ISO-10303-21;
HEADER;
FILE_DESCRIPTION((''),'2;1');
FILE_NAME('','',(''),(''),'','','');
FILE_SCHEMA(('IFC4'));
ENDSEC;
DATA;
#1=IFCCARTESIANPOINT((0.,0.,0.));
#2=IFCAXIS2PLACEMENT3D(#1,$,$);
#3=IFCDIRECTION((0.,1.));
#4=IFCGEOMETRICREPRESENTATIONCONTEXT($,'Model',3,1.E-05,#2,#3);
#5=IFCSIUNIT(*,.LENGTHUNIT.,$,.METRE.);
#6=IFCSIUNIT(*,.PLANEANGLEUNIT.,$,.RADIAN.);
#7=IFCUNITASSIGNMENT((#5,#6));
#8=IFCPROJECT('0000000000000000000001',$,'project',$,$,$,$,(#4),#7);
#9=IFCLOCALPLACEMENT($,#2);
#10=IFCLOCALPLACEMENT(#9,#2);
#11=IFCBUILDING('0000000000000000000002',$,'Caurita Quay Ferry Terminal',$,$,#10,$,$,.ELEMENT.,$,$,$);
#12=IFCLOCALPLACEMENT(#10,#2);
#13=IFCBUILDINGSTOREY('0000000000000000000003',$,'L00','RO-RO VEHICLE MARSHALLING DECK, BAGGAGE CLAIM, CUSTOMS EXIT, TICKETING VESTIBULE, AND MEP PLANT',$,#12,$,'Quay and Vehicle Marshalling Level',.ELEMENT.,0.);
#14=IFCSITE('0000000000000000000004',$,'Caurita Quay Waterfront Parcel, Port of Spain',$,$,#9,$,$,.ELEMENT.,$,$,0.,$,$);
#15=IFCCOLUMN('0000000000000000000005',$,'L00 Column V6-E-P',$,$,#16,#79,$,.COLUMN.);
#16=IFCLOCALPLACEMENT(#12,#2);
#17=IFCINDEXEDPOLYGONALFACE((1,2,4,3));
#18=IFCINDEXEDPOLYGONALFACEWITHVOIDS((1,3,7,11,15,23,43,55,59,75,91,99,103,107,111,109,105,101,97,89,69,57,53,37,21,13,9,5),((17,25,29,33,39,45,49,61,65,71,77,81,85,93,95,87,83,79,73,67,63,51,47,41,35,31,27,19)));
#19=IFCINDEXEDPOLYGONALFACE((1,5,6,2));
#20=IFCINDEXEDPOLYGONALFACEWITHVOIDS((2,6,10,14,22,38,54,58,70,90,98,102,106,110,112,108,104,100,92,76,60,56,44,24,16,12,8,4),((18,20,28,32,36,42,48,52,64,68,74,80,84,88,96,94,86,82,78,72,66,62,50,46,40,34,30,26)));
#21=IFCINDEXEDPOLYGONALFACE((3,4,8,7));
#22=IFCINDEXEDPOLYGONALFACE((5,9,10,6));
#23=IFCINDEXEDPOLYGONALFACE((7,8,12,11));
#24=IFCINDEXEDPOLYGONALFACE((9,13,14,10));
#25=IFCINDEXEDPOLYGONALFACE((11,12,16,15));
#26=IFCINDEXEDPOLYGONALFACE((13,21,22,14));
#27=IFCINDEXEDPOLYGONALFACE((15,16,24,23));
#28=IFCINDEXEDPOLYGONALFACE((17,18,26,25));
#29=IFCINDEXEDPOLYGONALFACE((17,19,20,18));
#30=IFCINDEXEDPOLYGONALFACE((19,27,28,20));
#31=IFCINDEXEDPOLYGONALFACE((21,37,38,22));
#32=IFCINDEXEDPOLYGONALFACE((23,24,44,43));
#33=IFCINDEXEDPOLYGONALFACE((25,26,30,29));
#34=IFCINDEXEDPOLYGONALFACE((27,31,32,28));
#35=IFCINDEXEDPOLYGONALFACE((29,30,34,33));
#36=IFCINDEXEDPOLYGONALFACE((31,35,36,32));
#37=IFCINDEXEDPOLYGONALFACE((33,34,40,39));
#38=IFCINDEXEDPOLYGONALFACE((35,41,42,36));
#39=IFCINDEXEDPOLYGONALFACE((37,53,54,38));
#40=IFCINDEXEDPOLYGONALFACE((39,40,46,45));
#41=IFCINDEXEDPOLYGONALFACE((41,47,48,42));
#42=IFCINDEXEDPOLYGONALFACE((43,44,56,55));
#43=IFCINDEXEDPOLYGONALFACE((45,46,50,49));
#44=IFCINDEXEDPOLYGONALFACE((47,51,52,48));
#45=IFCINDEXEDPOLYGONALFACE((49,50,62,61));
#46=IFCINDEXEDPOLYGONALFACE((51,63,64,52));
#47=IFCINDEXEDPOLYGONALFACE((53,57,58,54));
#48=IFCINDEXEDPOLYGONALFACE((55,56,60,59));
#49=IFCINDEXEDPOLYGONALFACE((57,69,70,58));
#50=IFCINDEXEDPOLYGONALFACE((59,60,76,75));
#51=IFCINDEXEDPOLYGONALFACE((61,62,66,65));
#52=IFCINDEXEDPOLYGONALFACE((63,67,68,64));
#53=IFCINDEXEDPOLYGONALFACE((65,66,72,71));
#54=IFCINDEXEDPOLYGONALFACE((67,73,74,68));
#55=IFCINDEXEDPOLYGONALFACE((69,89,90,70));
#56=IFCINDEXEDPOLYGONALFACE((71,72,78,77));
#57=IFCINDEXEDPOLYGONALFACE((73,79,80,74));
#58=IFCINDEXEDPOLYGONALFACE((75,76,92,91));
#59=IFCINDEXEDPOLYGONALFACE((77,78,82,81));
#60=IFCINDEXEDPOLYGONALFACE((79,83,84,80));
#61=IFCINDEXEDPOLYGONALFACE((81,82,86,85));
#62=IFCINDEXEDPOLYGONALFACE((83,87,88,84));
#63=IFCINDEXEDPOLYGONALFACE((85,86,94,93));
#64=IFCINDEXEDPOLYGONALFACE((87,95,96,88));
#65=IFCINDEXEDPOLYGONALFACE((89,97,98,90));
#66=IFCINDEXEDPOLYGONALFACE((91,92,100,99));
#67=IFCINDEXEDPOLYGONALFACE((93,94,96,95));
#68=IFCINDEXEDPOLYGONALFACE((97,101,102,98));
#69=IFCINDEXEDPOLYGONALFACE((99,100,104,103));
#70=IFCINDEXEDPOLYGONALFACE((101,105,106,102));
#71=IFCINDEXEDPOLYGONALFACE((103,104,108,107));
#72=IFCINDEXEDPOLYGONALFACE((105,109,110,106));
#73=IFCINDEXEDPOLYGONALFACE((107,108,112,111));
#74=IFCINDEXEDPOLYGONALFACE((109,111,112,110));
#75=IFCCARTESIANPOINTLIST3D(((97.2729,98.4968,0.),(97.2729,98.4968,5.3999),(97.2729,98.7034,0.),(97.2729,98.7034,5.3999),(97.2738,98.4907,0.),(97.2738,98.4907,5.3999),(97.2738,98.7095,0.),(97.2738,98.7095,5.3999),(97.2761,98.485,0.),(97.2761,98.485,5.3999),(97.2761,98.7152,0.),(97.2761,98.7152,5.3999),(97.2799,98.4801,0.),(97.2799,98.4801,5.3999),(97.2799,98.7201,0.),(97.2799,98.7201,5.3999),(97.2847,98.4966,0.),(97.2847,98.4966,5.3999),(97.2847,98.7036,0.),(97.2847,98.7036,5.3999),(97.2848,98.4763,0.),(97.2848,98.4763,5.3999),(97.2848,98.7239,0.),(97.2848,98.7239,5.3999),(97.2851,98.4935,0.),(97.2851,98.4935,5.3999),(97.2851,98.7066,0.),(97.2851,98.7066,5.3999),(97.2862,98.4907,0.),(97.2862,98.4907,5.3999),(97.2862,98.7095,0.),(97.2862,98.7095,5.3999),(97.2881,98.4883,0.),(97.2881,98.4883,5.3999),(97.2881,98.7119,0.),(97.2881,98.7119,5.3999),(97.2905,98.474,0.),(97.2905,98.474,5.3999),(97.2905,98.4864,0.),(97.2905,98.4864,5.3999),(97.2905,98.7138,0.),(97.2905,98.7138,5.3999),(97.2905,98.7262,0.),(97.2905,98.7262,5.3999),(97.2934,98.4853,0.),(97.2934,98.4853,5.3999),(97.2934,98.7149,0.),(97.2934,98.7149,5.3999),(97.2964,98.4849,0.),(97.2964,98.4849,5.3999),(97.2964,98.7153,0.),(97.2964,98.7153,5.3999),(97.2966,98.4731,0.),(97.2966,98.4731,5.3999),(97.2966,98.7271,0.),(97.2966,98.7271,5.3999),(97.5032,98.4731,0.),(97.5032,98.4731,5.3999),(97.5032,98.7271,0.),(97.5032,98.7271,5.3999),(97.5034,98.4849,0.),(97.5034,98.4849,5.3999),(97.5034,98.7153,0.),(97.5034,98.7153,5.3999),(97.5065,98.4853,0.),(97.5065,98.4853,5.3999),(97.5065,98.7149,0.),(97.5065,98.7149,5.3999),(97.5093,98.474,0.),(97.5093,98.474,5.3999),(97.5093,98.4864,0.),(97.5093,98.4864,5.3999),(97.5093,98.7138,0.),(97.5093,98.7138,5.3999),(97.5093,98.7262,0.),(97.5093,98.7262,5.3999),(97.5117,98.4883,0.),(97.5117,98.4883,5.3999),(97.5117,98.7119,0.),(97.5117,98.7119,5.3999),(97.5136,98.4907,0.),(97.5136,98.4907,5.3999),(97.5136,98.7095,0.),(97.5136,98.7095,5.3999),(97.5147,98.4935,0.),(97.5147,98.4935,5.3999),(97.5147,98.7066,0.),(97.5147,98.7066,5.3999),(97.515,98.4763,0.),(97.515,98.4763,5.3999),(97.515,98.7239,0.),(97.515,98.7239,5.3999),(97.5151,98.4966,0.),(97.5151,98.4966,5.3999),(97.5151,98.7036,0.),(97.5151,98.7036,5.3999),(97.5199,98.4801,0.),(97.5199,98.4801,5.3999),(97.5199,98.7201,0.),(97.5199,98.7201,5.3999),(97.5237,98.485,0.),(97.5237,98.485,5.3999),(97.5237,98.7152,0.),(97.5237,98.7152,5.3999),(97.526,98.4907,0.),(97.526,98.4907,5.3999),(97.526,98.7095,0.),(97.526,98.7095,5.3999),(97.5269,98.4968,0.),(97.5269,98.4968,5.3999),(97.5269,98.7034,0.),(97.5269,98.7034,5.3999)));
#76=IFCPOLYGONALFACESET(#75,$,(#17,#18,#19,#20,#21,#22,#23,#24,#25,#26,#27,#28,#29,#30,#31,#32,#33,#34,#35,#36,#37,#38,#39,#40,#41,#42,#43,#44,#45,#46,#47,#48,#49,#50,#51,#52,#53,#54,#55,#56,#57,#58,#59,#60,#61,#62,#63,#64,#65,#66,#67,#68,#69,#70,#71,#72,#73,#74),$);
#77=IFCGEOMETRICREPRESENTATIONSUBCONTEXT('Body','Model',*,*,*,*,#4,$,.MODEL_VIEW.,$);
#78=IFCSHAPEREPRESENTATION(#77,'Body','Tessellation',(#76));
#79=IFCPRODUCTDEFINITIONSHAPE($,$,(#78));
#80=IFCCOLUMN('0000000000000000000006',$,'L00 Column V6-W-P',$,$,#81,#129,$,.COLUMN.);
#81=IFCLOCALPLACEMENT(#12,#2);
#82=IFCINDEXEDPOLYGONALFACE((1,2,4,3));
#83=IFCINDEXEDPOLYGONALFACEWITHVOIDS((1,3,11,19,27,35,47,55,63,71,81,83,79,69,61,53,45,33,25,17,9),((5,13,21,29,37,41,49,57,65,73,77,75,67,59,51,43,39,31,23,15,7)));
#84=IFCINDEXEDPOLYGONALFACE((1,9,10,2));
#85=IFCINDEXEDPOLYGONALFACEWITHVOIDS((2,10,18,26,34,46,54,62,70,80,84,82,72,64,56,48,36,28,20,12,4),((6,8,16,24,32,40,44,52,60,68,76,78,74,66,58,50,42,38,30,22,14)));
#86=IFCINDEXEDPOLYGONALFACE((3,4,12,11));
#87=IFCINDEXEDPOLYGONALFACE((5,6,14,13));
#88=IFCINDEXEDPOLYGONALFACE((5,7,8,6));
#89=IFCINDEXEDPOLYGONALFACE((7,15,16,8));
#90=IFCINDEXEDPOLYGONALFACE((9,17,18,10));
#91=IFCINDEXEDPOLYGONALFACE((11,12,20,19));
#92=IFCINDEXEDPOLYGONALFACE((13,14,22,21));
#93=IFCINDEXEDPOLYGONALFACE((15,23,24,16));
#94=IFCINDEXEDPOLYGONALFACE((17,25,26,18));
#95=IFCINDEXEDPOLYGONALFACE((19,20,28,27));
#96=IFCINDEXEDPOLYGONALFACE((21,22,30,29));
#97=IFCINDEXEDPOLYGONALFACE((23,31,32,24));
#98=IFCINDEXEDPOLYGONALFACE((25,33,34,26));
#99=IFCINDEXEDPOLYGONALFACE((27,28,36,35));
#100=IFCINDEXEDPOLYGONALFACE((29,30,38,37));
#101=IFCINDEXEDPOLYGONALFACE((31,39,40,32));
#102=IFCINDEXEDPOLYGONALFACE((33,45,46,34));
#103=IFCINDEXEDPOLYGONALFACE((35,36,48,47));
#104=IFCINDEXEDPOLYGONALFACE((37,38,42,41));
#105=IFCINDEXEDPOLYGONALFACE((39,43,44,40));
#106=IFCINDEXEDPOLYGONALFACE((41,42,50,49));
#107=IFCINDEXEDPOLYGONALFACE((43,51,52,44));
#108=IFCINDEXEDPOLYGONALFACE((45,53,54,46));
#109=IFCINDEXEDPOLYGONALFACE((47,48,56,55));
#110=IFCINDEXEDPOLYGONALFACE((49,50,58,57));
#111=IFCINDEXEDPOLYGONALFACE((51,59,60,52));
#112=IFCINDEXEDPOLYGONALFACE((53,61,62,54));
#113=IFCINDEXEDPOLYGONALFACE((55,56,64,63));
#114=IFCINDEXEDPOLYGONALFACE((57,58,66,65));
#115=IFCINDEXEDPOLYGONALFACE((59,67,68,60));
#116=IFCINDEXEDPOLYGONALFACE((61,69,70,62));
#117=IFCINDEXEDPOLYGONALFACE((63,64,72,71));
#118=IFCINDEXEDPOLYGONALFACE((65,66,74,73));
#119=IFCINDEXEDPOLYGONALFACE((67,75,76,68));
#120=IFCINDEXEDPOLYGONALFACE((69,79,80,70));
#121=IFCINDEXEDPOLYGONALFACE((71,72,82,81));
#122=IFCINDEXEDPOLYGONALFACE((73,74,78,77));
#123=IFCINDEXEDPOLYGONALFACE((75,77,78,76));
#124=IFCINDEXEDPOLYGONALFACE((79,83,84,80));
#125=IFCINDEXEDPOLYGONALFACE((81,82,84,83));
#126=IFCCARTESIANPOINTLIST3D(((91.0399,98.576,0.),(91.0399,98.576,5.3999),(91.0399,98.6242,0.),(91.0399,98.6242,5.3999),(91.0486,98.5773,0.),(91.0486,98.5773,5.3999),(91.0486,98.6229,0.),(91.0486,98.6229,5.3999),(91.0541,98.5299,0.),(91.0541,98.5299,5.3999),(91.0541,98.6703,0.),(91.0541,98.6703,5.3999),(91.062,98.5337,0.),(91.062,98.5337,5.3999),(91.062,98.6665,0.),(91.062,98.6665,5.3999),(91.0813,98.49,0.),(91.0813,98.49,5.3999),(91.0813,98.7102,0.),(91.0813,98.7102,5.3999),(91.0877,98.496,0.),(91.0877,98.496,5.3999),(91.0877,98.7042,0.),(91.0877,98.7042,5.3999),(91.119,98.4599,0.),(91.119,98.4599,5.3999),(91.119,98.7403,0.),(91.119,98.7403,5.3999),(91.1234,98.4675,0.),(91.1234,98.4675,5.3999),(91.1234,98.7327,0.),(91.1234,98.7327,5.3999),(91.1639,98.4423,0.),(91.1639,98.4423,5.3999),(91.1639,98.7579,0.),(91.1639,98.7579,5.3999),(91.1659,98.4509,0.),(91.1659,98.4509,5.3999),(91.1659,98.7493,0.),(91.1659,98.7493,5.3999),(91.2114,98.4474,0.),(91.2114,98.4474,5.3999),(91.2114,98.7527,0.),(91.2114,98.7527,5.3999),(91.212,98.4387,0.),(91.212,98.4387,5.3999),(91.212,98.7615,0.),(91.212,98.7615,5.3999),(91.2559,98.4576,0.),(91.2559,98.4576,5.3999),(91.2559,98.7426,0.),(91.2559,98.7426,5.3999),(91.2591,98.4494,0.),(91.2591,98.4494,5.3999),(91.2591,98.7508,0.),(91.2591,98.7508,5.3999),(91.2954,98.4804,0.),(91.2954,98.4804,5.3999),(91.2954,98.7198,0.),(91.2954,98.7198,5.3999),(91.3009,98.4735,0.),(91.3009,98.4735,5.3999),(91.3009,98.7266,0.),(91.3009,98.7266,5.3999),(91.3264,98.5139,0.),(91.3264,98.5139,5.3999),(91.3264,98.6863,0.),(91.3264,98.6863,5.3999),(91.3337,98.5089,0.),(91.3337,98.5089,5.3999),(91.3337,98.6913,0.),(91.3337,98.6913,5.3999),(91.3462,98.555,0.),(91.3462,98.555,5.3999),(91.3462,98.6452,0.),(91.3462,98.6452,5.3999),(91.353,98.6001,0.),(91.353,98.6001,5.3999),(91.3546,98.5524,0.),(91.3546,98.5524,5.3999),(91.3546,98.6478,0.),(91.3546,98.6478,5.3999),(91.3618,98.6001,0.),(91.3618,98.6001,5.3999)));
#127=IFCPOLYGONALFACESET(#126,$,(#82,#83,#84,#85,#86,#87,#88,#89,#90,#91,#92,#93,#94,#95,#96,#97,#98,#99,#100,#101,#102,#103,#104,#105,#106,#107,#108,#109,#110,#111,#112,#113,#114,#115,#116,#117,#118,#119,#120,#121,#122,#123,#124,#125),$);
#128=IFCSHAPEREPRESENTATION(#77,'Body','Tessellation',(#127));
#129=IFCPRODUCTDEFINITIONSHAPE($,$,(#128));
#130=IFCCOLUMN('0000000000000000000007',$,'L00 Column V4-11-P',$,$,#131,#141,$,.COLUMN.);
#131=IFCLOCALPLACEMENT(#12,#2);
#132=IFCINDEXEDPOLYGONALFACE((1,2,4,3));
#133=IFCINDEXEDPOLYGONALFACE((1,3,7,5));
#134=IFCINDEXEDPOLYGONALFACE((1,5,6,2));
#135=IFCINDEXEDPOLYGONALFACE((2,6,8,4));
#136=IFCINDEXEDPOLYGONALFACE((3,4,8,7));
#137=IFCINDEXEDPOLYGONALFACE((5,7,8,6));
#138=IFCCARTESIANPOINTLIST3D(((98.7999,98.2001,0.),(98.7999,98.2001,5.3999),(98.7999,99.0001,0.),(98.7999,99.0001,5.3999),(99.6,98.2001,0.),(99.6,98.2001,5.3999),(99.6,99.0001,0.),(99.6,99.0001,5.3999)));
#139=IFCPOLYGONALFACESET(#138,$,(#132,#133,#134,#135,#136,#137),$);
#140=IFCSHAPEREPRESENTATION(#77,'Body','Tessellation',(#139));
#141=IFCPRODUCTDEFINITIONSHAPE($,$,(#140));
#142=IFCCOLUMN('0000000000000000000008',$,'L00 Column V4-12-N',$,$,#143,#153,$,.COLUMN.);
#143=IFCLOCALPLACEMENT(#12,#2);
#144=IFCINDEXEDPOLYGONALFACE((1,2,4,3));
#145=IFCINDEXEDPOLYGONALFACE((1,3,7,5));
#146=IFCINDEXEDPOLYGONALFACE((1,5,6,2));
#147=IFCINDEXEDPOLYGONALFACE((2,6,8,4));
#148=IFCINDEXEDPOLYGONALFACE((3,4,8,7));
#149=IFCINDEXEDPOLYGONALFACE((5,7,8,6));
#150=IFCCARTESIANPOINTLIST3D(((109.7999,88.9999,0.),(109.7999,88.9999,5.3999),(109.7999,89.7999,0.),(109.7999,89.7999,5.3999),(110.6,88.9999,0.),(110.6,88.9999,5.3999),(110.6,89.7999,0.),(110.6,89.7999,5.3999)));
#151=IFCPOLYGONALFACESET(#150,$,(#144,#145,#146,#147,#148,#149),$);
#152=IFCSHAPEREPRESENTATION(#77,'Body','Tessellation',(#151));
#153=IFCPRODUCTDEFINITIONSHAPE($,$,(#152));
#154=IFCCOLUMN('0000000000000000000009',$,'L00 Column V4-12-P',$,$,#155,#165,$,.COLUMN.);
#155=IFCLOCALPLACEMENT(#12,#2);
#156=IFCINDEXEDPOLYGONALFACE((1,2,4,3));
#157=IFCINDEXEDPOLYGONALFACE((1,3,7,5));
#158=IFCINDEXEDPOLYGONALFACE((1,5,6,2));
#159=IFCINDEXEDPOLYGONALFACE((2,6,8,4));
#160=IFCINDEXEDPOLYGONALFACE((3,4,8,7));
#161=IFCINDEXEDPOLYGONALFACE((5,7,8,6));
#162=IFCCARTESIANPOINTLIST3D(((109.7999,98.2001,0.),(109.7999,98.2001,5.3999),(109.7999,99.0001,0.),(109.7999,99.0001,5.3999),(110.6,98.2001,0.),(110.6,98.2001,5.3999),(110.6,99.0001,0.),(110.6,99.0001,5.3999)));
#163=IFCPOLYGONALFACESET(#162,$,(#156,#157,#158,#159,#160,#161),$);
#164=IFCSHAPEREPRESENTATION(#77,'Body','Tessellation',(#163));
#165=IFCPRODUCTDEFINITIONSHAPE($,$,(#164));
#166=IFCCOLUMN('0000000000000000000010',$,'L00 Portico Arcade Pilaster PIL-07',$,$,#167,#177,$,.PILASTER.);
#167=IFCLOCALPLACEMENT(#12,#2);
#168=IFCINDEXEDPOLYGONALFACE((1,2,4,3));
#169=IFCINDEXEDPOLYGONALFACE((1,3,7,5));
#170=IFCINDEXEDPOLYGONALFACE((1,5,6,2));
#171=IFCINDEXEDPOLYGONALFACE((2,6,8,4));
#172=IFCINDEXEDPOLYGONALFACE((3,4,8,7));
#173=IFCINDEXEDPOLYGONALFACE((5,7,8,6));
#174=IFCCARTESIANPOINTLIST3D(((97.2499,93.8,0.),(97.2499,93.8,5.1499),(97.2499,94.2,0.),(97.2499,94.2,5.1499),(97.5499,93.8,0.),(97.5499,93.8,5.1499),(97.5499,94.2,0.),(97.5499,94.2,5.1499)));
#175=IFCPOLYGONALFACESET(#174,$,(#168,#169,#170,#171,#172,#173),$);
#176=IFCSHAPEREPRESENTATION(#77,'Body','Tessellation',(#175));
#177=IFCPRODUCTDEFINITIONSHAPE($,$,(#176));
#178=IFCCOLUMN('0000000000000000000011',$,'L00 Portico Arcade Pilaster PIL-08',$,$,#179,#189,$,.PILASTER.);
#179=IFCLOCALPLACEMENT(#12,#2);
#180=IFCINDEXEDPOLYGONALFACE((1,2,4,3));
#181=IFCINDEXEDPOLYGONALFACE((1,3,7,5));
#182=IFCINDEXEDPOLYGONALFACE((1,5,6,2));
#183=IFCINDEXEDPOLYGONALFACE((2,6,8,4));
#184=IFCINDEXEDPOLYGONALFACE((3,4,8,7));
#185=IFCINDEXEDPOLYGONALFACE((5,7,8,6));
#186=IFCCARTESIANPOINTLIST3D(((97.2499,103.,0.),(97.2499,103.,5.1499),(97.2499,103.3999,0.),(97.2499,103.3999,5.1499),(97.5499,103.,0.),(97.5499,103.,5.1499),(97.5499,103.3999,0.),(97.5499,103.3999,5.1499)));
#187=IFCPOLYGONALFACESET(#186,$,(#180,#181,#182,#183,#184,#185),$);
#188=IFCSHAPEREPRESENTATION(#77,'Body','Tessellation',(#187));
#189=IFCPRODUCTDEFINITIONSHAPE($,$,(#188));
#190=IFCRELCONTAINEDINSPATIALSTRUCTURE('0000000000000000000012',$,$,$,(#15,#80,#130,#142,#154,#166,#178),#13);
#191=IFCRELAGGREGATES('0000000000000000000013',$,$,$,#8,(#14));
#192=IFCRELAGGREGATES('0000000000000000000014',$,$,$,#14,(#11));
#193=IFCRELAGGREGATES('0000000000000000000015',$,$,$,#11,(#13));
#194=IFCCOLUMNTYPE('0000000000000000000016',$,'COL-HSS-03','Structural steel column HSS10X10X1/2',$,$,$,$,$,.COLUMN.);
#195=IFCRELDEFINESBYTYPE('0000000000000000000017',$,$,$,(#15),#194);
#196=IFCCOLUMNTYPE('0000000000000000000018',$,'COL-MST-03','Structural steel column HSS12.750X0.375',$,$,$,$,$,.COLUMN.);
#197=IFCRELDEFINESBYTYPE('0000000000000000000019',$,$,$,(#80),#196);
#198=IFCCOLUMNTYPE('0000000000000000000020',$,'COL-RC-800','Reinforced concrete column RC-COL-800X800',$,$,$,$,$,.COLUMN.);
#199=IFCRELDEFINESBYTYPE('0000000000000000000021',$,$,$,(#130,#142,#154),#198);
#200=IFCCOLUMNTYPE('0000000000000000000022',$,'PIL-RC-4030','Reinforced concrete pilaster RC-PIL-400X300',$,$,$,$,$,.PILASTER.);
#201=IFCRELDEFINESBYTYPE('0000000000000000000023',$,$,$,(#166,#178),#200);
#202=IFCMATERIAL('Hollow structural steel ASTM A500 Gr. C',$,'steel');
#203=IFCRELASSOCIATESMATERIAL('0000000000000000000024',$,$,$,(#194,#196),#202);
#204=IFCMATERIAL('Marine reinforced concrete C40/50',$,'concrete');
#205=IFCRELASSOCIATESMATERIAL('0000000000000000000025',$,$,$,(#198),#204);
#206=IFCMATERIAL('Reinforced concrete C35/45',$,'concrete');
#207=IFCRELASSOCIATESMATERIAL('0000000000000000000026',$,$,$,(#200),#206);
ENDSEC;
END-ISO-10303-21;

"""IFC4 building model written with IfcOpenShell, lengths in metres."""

from ifc_helpers import new_model, si_unit, direction, frame, origin, origin_2d, place, context, subcontext, project, spatial, rectangle, hollow_rectangle, hollow_circle, extrude, material, material_profile, profile_set, type_object, element, save


model = new_model("IFC4")

# Units and contexts
model_context = context("Model", 3, precision=1e-05, world=origin(), true_north=direction((0.0, 1.0)))
body_context = subcontext(model_context, "Body", "Model", "MODEL_VIEW")
ifc_project = project(units=[si_unit("LENGTHUNIT", "METRE"), si_unit("PLANEANGLEUNIT", "RADIAN")], contexts=[model_context])

# Site, building, storey
site_placement = place(None, origin())
site = spatial("IfcSite", under=ifc_project, at=site_placement, Name="Caurita Quay Waterfront Parcel, Port of Spain", CompositionType="ELEMENT", RefElevation=0.0)
building_placement = place(site_placement, origin())
building = spatial("IfcBuilding", under=site, at=building_placement, Name="Caurita Quay Ferry Terminal", CompositionType="ELEMENT")
storey_placement = place(building_placement, origin())
storey = spatial("IfcBuildingStorey", under=building, at=storey_placement, Name="L00", Description="RO-RO VEHICLE MARSHALLING DECK, BAGGAGE CLAIM, CUSTOMS EXIT, TICKETING VESTIBULE, AND MEP PLANT", LongName="Quay and Vehicle Marshalling Level", CompositionType="ELEMENT", Elevation=0.0)

# Shared definitions
ifc_material_1 = material(Name="Marine reinforced concrete C40/50", Category="concrete")

# Columns
ifc_material_2 = material(Name="Hollow structural steel ASTM A500 Gr. C", Category="steel")
ifc_material_profile_1 = material_profile(ifc_material_2, hollow_rectangle(XDim=0.2539, YDim=0.2539, WallThickness=0.0117, InnerFilletRadius=0.0117, OuterFilletRadius=0.0237, at=origin_2d()), Name="HSS10X10X1/2")
ifc_profile_set_1 = profile_set([ifc_material_profile_1], Name="Hollow structural steel ASTM A500 Gr. C")
column_type_1 = type_object("IfcColumnType", Name="COL-HSS-03", Description="Structural steel column HSS10X10X1/2", PredefinedType="COLUMN", material=ifc_profile_set_1)
column_1_placement = place(storey_placement, frame((97.3999, 98.6001, 0.0), z_axis=(0.0, 0.0, 1.0), x_axis=(1.0, 0.0, 0.0)))
element("IfcColumn", 1, at=column_1_placement, inside=storey, type_object=column_type_1, Name="L00 Column V6-E-P", PredefinedType="COLUMN", context=body_context, shape_type="SweptSolid", body=[
    extrude(hollow_rectangle(XDim=0.2539, YDim=0.2539, WallThickness=0.0117, InnerFilletRadius=0.0117, OuterFilletRadius=0.0237, at=origin_2d()), origin(), (0.0, 0.0, 1.0), 5.3999),
])
ifc_material_profile_2 = material_profile(ifc_material_2, hollow_circle(Radius=0.1619, WallThickness=0.0088, at=origin_2d()), Name="HSS12.750X0.375")
ifc_profile_set_2 = profile_set([ifc_material_profile_2], Name="Hollow structural steel ASTM A500 Gr. C")
column_type_2 = type_object("IfcColumnType", Name="COL-MST-03", Description="Structural steel column HSS12.750X0.375", PredefinedType="COLUMN", material=ifc_profile_set_2)
column_2_placement = place(storey_placement, frame((91.2, 98.6001, 0.0), z_axis=(0.0, 0.0, 1.0), x_axis=(1.0, 0.0, 0.0)))
element("IfcColumn", 2, at=column_2_placement, inside=storey, type_object=column_type_2, Name="L00 Column V6-W-P", PredefinedType="COLUMN", context=body_context, shape_type="SweptSolid", body=[
    extrude(hollow_circle(Radius=0.1619, WallThickness=0.0088, at=origin_2d()), origin(), (0.0, 0.0, 1.0), 5.3999),
])
ifc_material_profile_3 = material_profile(ifc_material_1, rectangle(XDim=0.8, YDim=0.8, at=origin_2d()), Name="RC-COL-800X800")
ifc_profile_set_3 = profile_set([ifc_material_profile_3], Name="Marine reinforced concrete C40/50")
column_type_3 = type_object("IfcColumnType", Name="COL-RC-800", Description="Reinforced concrete column RC-COL-800X800", PredefinedType="COLUMN", material=ifc_profile_set_3)
for number, where, z_axis, x_axis, name in (
    (3, (99.2, 98.6001, 0.0), (0.0, 0.0, 1.0), (1.0, 0.0, 0.0), "L00 Column V4-11-P"),
    (4, (110.2, 89.3999, 0.0), (0.0, 0.0, 1.0), (1.0, 0.0, 0.0), "L00 Column V4-12-N"),
    (5, (110.2, 98.6001, 0.0), (0.0, 0.0, 1.0), (1.0, 0.0, 0.0), "L00 Column V4-12-P"),
):
    element("IfcColumn", number, at=place(storey_placement, frame(where, z_axis=z_axis, x_axis=x_axis)), inside=storey, type_object=column_type_3, Name=name, PredefinedType="COLUMN", context=body_context, shape_type="SweptSolid", body=[
        extrude(rectangle(XDim=0.8, YDim=0.8, at=origin_2d()), origin(), (0.0, 0.0, 1.0), 5.3999),
    ])
ifc_material_3 = material(Name="Reinforced concrete C35/45", Category="concrete")
ifc_material_profile_4 = material_profile(ifc_material_3, rectangle(XDim=0.3, YDim=0.3999, at=origin_2d()), Name="RC-PIL-400X300")
ifc_profile_set_4 = profile_set([ifc_material_profile_4], Name="Reinforced concrete C35/45")
column_type_4 = type_object("IfcColumnType", Name="PIL-RC-4030", Description="Reinforced concrete pilaster RC-PIL-400X300", PredefinedType="PILASTER", material=ifc_profile_set_4)
for number, where, z_axis, x_axis, name in (
    (6, (97.3999, 94.0, 0.0), (0.0, 0.0, 1.0), (1.0, 0.0, 0.0), "L00 Portico Arcade Pilaster PIL-07"),
    (7, (97.3999, 103.2, 0.0), (0.0, 0.0, 1.0), (1.0, 0.0, 0.0), "L00 Portico Arcade Pilaster PIL-08"),
):
    element("IfcColumn", number, at=place(storey_placement, frame(where, z_axis=z_axis, x_axis=x_axis)), inside=storey, type_object=column_type_4, Name=name, PredefinedType="PILASTER", context=body_context, shape_type="SweptSolid", body=[
        extrude(rectangle(XDim=0.3, YDim=0.3999, at=origin_2d()), origin(), (0.0, 0.0, 1.0), 5.1499),
    ])

save(model, "model.ifc")
